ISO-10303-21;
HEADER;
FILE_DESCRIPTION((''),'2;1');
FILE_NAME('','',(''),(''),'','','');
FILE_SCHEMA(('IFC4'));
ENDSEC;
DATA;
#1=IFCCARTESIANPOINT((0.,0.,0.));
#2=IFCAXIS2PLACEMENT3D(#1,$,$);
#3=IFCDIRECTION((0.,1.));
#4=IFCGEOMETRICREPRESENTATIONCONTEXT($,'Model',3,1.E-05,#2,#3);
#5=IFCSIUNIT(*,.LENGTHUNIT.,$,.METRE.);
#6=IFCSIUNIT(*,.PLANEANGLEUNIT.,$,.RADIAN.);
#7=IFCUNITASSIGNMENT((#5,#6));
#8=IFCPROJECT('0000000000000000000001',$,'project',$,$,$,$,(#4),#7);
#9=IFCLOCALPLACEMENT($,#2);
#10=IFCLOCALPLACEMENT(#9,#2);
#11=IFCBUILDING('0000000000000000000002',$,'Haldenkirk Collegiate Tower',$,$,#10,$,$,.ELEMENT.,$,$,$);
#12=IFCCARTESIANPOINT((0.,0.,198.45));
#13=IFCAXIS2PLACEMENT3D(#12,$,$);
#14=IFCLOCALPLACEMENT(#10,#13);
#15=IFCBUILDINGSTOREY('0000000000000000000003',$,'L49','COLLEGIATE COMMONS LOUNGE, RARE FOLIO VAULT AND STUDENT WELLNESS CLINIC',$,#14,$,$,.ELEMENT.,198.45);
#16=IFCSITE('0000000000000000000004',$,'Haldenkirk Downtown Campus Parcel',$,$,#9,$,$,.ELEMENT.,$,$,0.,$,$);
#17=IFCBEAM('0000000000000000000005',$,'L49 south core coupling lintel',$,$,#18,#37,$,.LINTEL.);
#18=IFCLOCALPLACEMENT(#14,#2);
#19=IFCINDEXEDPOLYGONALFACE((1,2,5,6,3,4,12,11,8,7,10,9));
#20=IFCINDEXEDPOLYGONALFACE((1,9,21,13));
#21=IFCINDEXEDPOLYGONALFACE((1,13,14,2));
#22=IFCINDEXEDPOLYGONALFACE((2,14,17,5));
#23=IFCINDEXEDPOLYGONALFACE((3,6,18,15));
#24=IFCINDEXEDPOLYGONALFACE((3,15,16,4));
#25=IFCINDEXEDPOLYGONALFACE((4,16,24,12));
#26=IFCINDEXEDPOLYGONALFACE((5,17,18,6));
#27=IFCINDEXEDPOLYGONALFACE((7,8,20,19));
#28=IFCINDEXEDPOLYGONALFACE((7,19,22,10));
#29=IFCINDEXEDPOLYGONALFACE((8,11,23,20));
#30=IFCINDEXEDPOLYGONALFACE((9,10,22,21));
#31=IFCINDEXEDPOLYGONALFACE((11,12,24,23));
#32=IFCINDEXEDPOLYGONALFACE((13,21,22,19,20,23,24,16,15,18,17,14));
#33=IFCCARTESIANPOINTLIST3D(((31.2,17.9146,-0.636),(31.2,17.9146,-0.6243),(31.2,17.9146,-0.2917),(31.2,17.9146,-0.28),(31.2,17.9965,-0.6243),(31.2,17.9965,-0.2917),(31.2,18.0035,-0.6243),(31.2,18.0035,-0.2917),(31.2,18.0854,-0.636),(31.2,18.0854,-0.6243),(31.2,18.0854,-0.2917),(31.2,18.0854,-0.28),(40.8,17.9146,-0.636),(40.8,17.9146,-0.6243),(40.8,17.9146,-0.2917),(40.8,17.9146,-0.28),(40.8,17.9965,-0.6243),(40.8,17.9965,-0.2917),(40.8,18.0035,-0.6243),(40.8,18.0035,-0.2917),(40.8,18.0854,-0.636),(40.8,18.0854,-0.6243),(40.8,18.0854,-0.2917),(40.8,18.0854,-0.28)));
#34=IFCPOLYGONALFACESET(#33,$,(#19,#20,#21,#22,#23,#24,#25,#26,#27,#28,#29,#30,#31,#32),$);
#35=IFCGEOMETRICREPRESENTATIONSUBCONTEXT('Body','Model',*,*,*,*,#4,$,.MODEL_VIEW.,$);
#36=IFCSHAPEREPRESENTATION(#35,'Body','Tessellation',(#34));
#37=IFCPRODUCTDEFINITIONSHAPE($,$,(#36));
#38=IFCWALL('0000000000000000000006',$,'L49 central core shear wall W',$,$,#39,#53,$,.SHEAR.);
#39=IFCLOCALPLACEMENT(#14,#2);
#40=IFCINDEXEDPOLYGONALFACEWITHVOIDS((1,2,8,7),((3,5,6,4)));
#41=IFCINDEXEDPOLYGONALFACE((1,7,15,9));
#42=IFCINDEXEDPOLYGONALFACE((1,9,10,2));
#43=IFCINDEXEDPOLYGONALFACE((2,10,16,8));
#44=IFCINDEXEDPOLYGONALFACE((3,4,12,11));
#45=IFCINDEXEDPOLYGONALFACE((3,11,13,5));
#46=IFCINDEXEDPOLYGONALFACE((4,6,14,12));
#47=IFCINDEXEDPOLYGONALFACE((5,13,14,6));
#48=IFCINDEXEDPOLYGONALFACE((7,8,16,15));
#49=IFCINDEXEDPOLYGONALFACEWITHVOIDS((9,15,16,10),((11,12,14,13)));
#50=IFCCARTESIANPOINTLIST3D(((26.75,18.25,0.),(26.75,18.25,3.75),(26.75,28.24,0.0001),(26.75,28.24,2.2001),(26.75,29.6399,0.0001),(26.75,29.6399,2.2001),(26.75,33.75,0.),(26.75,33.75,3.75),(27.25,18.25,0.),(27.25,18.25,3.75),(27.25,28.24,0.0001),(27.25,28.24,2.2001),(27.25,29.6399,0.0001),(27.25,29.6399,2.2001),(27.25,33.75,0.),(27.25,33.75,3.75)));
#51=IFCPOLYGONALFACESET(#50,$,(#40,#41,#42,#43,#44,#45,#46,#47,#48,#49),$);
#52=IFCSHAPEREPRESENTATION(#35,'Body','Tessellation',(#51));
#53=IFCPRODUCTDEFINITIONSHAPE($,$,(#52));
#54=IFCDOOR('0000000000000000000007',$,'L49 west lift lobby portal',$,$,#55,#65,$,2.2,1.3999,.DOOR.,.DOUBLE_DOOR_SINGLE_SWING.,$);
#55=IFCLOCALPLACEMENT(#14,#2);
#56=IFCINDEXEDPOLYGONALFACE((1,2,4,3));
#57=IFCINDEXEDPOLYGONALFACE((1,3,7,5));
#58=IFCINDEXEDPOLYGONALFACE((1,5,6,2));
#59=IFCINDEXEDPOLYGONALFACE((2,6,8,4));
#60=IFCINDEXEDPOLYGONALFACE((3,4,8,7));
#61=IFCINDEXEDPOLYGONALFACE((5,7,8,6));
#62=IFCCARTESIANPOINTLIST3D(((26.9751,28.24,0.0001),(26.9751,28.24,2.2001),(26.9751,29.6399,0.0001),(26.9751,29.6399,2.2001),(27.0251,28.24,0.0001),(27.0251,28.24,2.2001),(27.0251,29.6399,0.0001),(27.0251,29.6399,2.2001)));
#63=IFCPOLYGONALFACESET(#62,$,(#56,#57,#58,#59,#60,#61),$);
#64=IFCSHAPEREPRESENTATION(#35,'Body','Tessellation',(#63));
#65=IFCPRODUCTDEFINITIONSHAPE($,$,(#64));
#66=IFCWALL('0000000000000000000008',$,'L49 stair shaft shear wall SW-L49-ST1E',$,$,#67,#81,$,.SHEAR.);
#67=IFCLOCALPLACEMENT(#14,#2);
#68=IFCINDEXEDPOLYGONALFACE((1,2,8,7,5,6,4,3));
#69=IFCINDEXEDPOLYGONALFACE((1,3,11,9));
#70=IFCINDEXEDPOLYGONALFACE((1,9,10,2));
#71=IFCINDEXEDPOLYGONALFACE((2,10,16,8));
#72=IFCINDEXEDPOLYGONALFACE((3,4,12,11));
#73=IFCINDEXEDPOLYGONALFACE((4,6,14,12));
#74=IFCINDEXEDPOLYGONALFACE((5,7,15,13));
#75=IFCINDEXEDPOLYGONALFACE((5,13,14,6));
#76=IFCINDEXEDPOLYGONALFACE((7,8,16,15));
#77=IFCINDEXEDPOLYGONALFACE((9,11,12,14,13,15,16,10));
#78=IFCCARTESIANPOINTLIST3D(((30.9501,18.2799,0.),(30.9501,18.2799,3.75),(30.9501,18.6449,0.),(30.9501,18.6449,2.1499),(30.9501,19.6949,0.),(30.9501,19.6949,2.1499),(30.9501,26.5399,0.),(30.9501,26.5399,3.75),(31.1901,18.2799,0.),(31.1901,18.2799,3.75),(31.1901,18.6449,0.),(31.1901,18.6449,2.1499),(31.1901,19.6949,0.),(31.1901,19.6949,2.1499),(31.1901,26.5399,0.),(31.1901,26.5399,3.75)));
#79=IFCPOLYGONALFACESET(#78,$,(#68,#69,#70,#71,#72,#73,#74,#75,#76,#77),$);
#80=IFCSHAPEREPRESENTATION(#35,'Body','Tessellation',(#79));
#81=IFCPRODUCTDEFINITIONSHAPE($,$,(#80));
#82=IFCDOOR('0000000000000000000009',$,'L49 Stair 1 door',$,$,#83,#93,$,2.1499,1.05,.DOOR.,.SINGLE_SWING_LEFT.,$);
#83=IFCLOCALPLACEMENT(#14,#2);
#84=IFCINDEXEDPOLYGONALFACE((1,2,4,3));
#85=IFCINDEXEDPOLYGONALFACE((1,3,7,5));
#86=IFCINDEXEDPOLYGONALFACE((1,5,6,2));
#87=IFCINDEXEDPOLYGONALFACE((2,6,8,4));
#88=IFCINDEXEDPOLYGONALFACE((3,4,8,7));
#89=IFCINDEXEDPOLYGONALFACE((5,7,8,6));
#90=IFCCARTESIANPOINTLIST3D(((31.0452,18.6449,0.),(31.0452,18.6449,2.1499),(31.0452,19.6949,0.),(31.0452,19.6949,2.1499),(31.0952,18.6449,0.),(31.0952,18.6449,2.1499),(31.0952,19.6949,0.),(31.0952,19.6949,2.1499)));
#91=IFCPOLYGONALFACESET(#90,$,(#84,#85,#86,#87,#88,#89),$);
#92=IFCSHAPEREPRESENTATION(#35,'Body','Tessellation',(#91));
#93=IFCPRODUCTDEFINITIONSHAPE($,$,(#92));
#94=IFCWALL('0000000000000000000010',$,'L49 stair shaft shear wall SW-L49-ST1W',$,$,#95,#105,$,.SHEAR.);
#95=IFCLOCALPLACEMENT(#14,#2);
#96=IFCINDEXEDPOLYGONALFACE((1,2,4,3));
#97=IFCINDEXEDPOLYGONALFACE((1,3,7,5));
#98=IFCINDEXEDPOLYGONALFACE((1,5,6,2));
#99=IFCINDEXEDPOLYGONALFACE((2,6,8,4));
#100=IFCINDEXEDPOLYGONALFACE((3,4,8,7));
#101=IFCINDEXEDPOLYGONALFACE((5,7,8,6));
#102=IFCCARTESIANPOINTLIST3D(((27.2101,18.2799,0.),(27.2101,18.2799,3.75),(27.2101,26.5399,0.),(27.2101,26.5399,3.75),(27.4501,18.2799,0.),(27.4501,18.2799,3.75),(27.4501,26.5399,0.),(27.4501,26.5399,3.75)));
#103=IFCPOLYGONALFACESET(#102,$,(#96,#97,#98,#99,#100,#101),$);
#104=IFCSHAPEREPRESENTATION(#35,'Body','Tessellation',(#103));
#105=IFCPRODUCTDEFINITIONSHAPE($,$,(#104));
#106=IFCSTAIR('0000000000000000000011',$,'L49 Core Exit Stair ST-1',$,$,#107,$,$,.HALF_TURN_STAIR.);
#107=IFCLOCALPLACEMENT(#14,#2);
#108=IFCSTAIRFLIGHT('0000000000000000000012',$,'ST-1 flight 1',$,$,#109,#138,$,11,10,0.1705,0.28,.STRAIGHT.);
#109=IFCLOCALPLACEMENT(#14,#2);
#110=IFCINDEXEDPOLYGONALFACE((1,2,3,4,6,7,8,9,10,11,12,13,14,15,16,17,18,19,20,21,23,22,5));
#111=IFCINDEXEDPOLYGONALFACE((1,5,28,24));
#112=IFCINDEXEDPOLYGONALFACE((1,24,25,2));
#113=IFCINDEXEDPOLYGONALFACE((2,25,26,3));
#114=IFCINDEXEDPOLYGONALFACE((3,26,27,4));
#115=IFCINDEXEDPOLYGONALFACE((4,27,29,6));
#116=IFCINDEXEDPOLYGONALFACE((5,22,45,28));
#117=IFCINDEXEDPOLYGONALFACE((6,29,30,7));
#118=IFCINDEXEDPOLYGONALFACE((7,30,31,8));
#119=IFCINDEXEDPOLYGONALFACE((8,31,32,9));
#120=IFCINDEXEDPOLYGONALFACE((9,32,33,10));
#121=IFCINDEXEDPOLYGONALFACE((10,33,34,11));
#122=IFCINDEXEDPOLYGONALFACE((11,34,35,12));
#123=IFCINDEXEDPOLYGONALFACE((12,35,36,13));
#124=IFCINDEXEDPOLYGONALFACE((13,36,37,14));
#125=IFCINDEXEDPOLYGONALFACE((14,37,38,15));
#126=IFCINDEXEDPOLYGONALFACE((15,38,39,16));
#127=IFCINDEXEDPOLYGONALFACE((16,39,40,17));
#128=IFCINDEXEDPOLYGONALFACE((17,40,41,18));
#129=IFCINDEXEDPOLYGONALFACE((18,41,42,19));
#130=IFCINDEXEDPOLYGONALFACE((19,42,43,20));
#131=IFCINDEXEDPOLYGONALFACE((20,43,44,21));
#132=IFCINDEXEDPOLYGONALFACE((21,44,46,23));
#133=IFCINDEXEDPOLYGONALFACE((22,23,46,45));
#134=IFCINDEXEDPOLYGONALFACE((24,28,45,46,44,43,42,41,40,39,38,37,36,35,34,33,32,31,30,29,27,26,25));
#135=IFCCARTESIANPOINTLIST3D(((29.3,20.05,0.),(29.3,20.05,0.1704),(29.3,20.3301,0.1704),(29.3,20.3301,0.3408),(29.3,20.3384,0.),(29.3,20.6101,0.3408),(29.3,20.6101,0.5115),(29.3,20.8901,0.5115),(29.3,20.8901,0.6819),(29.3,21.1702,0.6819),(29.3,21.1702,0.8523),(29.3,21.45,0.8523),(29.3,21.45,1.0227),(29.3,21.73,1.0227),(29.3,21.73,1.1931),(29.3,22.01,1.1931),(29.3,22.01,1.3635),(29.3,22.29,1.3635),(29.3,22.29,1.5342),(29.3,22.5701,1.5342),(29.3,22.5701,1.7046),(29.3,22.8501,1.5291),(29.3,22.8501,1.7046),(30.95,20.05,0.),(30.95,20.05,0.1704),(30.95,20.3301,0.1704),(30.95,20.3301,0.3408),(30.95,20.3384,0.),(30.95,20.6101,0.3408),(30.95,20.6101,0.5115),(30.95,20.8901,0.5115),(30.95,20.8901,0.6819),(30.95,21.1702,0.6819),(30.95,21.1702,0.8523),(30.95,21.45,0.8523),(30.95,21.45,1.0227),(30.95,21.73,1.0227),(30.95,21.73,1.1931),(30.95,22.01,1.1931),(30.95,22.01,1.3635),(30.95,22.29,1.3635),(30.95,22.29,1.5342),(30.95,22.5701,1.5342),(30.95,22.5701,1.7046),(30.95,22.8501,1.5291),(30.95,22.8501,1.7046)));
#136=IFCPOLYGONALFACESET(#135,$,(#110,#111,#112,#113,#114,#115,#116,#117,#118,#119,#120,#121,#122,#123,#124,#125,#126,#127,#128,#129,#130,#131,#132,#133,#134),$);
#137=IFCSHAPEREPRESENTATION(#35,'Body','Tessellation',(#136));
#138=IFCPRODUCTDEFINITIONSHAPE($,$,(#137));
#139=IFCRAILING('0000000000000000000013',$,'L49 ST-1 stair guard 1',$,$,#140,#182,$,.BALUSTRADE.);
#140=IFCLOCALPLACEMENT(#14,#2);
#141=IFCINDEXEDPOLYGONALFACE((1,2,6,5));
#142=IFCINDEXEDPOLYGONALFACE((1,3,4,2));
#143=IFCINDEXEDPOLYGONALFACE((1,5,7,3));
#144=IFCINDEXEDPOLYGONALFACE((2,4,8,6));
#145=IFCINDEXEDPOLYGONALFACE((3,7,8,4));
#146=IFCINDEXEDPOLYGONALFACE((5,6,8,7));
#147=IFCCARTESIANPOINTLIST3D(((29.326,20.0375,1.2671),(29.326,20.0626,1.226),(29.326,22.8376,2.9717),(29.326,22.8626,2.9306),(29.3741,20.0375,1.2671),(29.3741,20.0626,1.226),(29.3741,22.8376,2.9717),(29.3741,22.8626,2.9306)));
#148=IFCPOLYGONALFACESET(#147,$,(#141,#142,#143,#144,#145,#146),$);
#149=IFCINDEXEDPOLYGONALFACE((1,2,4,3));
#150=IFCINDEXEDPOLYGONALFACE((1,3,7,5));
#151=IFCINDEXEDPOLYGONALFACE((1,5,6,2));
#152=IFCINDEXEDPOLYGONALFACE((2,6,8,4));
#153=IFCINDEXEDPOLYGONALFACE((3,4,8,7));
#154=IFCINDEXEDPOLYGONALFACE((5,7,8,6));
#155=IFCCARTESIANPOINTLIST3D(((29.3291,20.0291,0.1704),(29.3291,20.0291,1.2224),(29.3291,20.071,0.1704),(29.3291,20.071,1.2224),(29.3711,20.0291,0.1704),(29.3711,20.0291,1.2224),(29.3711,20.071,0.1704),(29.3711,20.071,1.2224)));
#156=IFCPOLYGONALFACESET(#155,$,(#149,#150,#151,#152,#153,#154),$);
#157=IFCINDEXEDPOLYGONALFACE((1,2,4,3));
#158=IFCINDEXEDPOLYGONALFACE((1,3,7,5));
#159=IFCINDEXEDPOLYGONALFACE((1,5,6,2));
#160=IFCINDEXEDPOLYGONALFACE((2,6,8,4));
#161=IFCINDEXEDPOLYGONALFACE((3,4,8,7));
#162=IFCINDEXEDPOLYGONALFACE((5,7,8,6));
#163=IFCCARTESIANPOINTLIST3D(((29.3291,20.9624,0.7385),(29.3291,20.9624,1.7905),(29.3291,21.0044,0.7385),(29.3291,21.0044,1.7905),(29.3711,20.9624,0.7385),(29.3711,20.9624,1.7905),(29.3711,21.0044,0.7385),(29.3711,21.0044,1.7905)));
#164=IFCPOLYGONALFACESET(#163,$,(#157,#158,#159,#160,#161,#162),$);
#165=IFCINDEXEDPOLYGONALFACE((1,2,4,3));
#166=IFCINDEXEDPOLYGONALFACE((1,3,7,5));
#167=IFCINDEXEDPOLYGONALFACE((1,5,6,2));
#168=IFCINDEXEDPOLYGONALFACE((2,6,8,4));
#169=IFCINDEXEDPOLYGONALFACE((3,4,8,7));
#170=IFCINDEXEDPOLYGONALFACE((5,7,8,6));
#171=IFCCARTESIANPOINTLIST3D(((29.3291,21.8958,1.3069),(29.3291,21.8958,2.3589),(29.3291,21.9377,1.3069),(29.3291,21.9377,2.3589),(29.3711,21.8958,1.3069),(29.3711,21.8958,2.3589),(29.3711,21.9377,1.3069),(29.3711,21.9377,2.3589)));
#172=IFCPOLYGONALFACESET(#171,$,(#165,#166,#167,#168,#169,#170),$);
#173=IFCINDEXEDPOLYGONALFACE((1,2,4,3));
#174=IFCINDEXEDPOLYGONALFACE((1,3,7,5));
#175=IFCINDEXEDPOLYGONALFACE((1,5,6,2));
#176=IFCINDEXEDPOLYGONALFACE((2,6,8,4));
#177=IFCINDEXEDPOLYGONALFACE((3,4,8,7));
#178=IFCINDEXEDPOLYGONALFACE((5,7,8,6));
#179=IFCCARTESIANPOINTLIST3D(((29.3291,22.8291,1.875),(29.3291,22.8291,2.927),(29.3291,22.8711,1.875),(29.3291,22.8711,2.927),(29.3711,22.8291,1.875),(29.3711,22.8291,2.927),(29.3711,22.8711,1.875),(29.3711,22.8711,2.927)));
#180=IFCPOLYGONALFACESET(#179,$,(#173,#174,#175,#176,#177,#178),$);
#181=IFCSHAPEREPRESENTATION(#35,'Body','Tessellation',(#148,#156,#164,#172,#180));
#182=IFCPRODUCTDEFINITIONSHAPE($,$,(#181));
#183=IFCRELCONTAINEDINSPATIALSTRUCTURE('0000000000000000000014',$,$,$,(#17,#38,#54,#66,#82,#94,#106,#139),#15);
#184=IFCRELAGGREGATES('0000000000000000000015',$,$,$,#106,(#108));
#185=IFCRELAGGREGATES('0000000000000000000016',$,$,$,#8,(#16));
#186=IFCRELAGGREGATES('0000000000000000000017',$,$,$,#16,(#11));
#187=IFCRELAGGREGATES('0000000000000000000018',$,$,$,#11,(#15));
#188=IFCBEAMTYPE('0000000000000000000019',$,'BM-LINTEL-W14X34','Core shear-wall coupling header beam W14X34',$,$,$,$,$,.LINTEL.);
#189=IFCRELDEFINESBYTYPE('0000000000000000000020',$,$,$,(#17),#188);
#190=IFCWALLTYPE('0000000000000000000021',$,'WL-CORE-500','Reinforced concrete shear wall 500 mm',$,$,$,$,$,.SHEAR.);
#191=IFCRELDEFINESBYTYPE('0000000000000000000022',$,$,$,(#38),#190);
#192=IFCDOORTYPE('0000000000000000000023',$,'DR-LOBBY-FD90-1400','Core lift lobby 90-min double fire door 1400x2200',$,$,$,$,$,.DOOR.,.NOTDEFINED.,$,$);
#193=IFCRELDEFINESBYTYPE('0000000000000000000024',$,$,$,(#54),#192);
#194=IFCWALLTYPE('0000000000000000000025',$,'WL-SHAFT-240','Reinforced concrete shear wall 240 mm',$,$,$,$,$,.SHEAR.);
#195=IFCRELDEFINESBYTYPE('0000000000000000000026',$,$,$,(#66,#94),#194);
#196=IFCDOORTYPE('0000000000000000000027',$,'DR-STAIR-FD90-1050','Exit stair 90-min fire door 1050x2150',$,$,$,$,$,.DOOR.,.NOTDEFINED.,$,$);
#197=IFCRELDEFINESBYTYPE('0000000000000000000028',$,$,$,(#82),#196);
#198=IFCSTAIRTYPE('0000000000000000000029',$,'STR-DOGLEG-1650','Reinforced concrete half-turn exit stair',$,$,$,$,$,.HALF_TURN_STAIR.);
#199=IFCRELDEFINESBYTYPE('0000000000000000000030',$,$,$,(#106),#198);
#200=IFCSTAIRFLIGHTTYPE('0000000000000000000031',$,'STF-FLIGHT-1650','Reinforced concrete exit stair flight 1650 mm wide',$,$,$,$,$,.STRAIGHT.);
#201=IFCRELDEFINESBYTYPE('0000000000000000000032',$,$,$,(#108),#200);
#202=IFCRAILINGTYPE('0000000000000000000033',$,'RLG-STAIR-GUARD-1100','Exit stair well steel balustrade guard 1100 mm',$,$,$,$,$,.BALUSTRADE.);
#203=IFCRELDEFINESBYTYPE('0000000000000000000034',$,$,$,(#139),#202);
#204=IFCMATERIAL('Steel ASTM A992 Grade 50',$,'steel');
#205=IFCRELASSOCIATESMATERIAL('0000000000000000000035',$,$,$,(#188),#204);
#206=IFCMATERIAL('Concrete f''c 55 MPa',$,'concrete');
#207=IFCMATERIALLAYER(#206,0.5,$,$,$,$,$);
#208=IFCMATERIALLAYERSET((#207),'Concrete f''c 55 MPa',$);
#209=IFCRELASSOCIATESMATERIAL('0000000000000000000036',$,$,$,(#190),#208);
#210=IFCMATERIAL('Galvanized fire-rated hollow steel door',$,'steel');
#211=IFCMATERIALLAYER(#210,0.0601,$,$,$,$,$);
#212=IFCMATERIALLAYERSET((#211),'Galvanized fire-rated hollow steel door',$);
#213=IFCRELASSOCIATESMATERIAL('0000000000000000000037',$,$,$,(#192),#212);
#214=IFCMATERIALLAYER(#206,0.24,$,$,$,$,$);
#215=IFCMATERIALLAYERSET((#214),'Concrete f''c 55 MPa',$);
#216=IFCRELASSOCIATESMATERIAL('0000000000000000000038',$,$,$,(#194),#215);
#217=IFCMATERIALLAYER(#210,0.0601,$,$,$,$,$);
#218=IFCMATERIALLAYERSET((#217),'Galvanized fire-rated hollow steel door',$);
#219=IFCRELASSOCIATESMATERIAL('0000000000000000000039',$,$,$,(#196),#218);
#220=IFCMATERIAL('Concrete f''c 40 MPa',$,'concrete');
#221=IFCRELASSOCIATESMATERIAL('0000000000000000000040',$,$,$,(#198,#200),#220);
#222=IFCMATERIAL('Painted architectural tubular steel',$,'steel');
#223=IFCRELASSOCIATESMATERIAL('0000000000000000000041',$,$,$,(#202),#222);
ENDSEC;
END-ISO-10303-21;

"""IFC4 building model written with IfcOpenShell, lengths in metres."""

from ifc_helpers import new_model, si_unit, direction, frame, frame_2d, origin, origin_2d, place, context, subcontext, project, spatial, polyline, rectangle, i_section, outline, extrude, material, layer, layer_set, material_profile, profile_set, type_object, element, fill, aggregate, save


model = new_model("IFC4")

# Units and contexts
model_context = context("Model", 3, precision=1e-05, world=origin(), true_north=direction((0.0, 1.0)))
body_context = subcontext(model_context, "Body", "Model", "MODEL_VIEW")
ifc_project = project(units=[si_unit("LENGTHUNIT", "METRE"), si_unit("PLANEANGLEUNIT", "RADIAN")], contexts=[model_context])

# Site, building, storey
site_placement = place(None, origin())
site = spatial("IfcSite", under=ifc_project, at=site_placement, Name="Haldenkirk Downtown Campus Parcel", CompositionType="ELEMENT", RefElevation=0.0)
building_placement = place(site_placement, origin())
building = spatial("IfcBuilding", under=site, at=building_placement, Name="Haldenkirk Collegiate Tower", CompositionType="ELEMENT")
storey_placement = place(building_placement, frame((0.0, 0.0, 198.45)))
storey = spatial("IfcBuildingStorey", under=building, at=storey_placement, Name="L49", Description="COLLEGIATE COMMONS LOUNGE, RARE FOLIO VAULT AND STUDENT WELLNESS CLINIC", CompositionType="ELEMENT", Elevation=198.45)

# Beam
ifc_material_1 = material(Name="Steel ASTM A992 Grade 50", Category="steel")
ifc_material_profile = material_profile(ifc_material_1, i_section(OverallWidth=0.1709, OverallDepth=0.356, WebThickness=0.0071, FlangeThickness=0.0117, at=origin_2d()), Name="W14X34")
ifc_profile_set = profile_set([ifc_material_profile], Name="Steel ASTM A992 Grade 50")
beam_type = type_object("IfcBeamType", Name="BM-LINTEL-W14X34", Description="Core shear-wall coupling header beam W14X34", PredefinedType="LINTEL", material=ifc_profile_set)
beam_placement = place(storey_placement, frame((31.2, 18.0, -0.458), z_axis=(1.0, 0.0, 0.0), x_axis=(0.0, 1.0, 0.0)))
element("IfcBeam", 1, at=beam_placement, inside=storey, type_object=beam_type, Name="L49 south core coupling lintel", PredefinedType="LINTEL", context=body_context, shape_type="SweptSolid", body=[
    extrude(i_section(OverallWidth=0.1709, OverallDepth=0.356, WebThickness=0.0071, FlangeThickness=0.0117, at=origin_2d()), origin(), (0.0, 0.0, 1.0), 9.6001),
])

# Shared definitions
ifc_material_2 = material(Name="Concrete f'c 55 MPa", Category="concrete")
ifc_layer_1 = layer(ifc_material_2, 0.5)
ifc_layer_set_1 = layer_set([ifc_layer_1], Name="Concrete f'c 55 MPa")
wall_type_1 = type_object("IfcWallType", Name="WL-CORE-500", Description="Reinforced concrete shear wall 500 mm", PredefinedType="SHEAR", material=ifc_layer_set_1)
ifc_material_3 = material(Name="Galvanized fire-rated hollow steel door", Category="steel")

# Walls, openings, doors
wall_1_placement = place(storey_placement, frame((27.0, 18.25, 0.0), z_axis=(0.0, 0.0, 1.0), x_axis=(0.0, 1.0, 0.0)))
wall_1 = element("IfcWall", 2, at=wall_1_placement, inside=storey, type_object=wall_type_1, Name="L49 central core shear wall W", PredefinedType="SHEAR", context=body_context, shape_type="SweptSolid", body=[
    extrude(rectangle(XDim=15.5, YDim=0.5, at=frame_2d((7.75, 0.0))), origin(), (0.0, 0.0, 1.0), 3.75),
])
opening_1_placement = place(wall_1_placement, frame((9.99, 0.0, 0.0)))
opening_1 = element("IfcOpeningElement", 3, at=opening_1_placement, cuts=wall_1, PredefinedType="OPENING", context=body_context, shape_type="SweptSolid", body=[
    extrude(rectangle(XDim=1.3999, YDim=2.2, at=frame_2d((0.7, 1.1001))), frame((0.0, 0.26, 0.0), z_axis=(0.0, -1.0, 0.0), x_axis=(1.0, 0.0, 0.0)), (0.0, 0.0, 1.0), 0.52),
])
ifc_layer_2 = layer(ifc_material_3, 0.0601)
ifc_layer_set_2 = layer_set([ifc_layer_2], Name="Galvanized fire-rated hollow steel door")
door_type_1 = type_object("IfcDoorType", Name="DR-LOBBY-FD90-1400", Description="Core lift lobby 90-min double fire door 1400x2200", OperationType="NOTDEFINED", PredefinedType="DOOR", material=ifc_layer_set_2)
door_1_placement = place(opening_1_placement, origin())
door_1 = element("IfcDoor", 4, at=door_1_placement, inside=storey, type_object=door_type_1, Name="L49 west lift lobby portal", OperationType="DOUBLE_DOOR_SINGLE_SWING", OverallHeight=2.2, OverallWidth=1.3999, PredefinedType="DOOR", context=body_context, shape_type="SweptSolid", body=[
    extrude(rectangle(XDim=1.3999, YDim=2.2, at=frame_2d((0.7, 1.1001))), frame((0.0, 0.0249, 0.0), z_axis=(0.0, -1.0, 0.0), x_axis=(1.0, 0.0, 0.0)), (0.0, 0.0, 1.0), 0.05),
])
fill(opening_1, door_1)
ifc_layer_3 = layer(ifc_material_2, 0.24)
ifc_layer_set_3 = layer_set([ifc_layer_3], Name="Concrete f'c 55 MPa")
wall_type_2 = type_object("IfcWallType", Name="WL-SHAFT-240", Description="Reinforced concrete shear wall 240 mm", PredefinedType="SHEAR", material=ifc_layer_set_3)
wall_2_placement = place(storey_placement, frame((31.0701, 18.28, 0.0), z_axis=(0.0, 0.0, 1.0), x_axis=(0.0, 1.0, 0.0)))
wall_2 = element("IfcWall", 5, at=wall_2_placement, inside=storey, type_object=wall_type_2, Name="L49 stair shaft shear wall SW-L49-ST1E", PredefinedType="SHEAR", context=body_context, shape_type="SweptSolid", body=[
    extrude(rectangle(XDim=8.26, YDim=0.24, at=frame_2d((4.1299, 0.0))), origin(), (0.0, 0.0, 1.0), 3.75),
])
opening_2_placement = place(wall_2_placement, frame((0.365, 0.0, 0.0)))
opening_2 = element("IfcOpeningElement", 6, at=opening_2_placement, cuts=wall_2, PredefinedType="OPENING", context=body_context, shape_type="SweptSolid", body=[
    extrude(rectangle(XDim=1.05, YDim=2.1499, at=frame_2d((0.5249, 1.075))), frame((0.0, 0.1299, 0.0), z_axis=(0.0, -1.0, 0.0), x_axis=(1.0, 0.0, 0.0)), (0.0, 0.0, 1.0), 0.26),
])
ifc_layer_4 = layer(ifc_material_3, 0.0601)
ifc_layer_set_4 = layer_set([ifc_layer_4], Name="Galvanized fire-rated hollow steel door")
door_type_2 = type_object("IfcDoorType", Name="DR-STAIR-FD90-1050", Description="Exit stair 90-min fire door 1050x2150", OperationType="NOTDEFINED", PredefinedType="DOOR", material=ifc_layer_set_4)
door_2_placement = place(opening_2_placement, origin())
door_2 = element("IfcDoor", 7, at=door_2_placement, inside=storey, type_object=door_type_2, Name="L49 Stair 1 door", OperationType="SINGLE_SWING_LEFT", OverallHeight=2.1499, OverallWidth=1.05, PredefinedType="DOOR", context=body_context, shape_type="SweptSolid", body=[
    extrude(rectangle(XDim=1.05, YDim=2.1499, at=frame_2d((0.5249, 1.075))), frame((0.0, 0.0249, 0.0), z_axis=(0.0, -1.0, 0.0), x_axis=(1.0, 0.0, 0.0)), (0.0, 0.0, 1.0), 0.05),
])
fill(opening_2, door_2)

# Wall
wall_3_placement = place(storey_placement, frame((27.3301, 18.28, 0.0), z_axis=(0.0, 0.0, 1.0), x_axis=(0.0, 1.0, 0.0)))
element("IfcWall", 8, at=wall_3_placement, inside=storey, type_object=wall_type_2, Name="L49 stair shaft shear wall SW-L49-ST1W", PredefinedType="SHEAR", context=body_context, shape_type="SweptSolid", body=[
    extrude(rectangle(XDim=8.26, YDim=0.24, at=frame_2d((4.1299, 0.0))), origin(), (0.0, 0.0, 1.0), 3.75),
])

# Stair, stair flight
ifc_material_4 = material(Name="Concrete f'c 40 MPa", Category="concrete")
stair_type = type_object("IfcStairType", Name="STR-DOGLEG-1650", Description="Reinforced concrete half-turn exit stair", PredefinedType="HALF_TURN_STAIR", material=ifc_material_4)
stair_placement = place(storey_placement, origin())
stair = element("IfcStair", 9, at=stair_placement, inside=storey, type_object=stair_type, Name="L49 Core Exit Stair ST-1", PredefinedType="HALF_TURN_STAIR")
stair_flight_type = type_object("IfcStairFlightType", Name="STF-FLIGHT-1650", Description="Reinforced concrete exit stair flight 1650 mm wide", PredefinedType="STRAIGHT", material=ifc_material_4)
stair_flight_placement = place(storey_placement, frame((30.125, 20.05, 0.0), z_axis=(0.0, 0.0, 1.0), x_axis=(0.0, 1.0, 0.0)))
stair_flight = element("IfcStairFlight", 10, at=stair_flight_placement, type_object=stair_flight_type, Name="ST-1 flight 1", NumberOfRisers=11, NumberOfTreads=10, PredefinedType="STRAIGHT", RiserHeight=0.1705, TreadLength=0.28, context=body_context, shape_type="SweptSolid", body=[
    extrude(outline(polyline([(0.0, 0.0), (0.0, 0.1704), (0.28, 0.1704), (0.28, 0.3408), (0.5601, 0.3408), (0.5601, 0.5115), (0.8401, 0.5115), (0.8401, 0.6819), (1.1201, 0.6819), (1.1201, 0.8523), (1.3999, 0.8523), (1.3999, 1.0227), (1.6799, 1.0227), (1.6799, 1.1931), (1.96, 1.1931), (1.96, 1.3635), (2.24, 1.3635), (2.24, 1.5342), (2.52, 1.5342), (2.52, 1.7046), (2.8, 1.7046), (2.8, 1.875), (2.8, 1.5291), (0.2883, 0.0), (0.0, 0.0)])), frame((0.0, 0.825, 0.0), z_axis=(0.0, -1.0, 0.0), x_axis=(1.0, 0.0, 0.0)), (0.0, 0.0, 1.0), 1.6499),
])
aggregate(stair, [stair_flight])

# Railing
ifc_material_5 = material(Name="Painted architectural tubular steel", Category="steel")
railing_type_1 = type_object("IfcRailingType", Name="RLG-STAIR-GUARD-1100", Description="Exit stair well steel balustrade guard 1100 mm", PredefinedType="BALUSTRADE", material=ifc_material_5)
railing_1_placement = place(storey_placement, frame((29.3501, 20.05, 0.1704)))
element("IfcRailing", 11, at=railing_1_placement, inside=storey, type_object=railing_type_1, Name="L49 ST-1 stair guard 1", PredefinedType="BALUSTRADE", context=body_context, shape_type="SweptSolid", body=[
    extrude(rectangle(XDim=0.0481, YDim=0.0481, at=origin_2d()), frame((0.0, 0.0, 1.0762), z_axis=(0.0, 0.85417, 0.519994), x_axis=(-1.0, 0.0, 0.0)), (0.0, 0.0, 1.0), 3.2781),
    extrude(rectangle(XDim=0.042, YDim=0.042, at=origin_2d()), origin(), (0.0, 0.0, 1.0), 1.052),
    extrude(rectangle(XDim=0.042, YDim=0.042, at=origin_2d()), frame((0.0, 0.9333, 0.5681)), (0.0, 0.0, 1.0), 1.052),
    extrude(rectangle(XDim=0.042, YDim=0.042, at=origin_2d()), frame((0.0, 1.8667, 1.1365)), (0.0, 0.0, 1.0), 1.052),
    extrude(rectangle(XDim=0.042, YDim=0.042, at=origin_2d()), frame((0.0, 2.8, 1.7046)), (0.0, 0.0, 1.0), 1.052),
])

save(model, "model.ifc")
